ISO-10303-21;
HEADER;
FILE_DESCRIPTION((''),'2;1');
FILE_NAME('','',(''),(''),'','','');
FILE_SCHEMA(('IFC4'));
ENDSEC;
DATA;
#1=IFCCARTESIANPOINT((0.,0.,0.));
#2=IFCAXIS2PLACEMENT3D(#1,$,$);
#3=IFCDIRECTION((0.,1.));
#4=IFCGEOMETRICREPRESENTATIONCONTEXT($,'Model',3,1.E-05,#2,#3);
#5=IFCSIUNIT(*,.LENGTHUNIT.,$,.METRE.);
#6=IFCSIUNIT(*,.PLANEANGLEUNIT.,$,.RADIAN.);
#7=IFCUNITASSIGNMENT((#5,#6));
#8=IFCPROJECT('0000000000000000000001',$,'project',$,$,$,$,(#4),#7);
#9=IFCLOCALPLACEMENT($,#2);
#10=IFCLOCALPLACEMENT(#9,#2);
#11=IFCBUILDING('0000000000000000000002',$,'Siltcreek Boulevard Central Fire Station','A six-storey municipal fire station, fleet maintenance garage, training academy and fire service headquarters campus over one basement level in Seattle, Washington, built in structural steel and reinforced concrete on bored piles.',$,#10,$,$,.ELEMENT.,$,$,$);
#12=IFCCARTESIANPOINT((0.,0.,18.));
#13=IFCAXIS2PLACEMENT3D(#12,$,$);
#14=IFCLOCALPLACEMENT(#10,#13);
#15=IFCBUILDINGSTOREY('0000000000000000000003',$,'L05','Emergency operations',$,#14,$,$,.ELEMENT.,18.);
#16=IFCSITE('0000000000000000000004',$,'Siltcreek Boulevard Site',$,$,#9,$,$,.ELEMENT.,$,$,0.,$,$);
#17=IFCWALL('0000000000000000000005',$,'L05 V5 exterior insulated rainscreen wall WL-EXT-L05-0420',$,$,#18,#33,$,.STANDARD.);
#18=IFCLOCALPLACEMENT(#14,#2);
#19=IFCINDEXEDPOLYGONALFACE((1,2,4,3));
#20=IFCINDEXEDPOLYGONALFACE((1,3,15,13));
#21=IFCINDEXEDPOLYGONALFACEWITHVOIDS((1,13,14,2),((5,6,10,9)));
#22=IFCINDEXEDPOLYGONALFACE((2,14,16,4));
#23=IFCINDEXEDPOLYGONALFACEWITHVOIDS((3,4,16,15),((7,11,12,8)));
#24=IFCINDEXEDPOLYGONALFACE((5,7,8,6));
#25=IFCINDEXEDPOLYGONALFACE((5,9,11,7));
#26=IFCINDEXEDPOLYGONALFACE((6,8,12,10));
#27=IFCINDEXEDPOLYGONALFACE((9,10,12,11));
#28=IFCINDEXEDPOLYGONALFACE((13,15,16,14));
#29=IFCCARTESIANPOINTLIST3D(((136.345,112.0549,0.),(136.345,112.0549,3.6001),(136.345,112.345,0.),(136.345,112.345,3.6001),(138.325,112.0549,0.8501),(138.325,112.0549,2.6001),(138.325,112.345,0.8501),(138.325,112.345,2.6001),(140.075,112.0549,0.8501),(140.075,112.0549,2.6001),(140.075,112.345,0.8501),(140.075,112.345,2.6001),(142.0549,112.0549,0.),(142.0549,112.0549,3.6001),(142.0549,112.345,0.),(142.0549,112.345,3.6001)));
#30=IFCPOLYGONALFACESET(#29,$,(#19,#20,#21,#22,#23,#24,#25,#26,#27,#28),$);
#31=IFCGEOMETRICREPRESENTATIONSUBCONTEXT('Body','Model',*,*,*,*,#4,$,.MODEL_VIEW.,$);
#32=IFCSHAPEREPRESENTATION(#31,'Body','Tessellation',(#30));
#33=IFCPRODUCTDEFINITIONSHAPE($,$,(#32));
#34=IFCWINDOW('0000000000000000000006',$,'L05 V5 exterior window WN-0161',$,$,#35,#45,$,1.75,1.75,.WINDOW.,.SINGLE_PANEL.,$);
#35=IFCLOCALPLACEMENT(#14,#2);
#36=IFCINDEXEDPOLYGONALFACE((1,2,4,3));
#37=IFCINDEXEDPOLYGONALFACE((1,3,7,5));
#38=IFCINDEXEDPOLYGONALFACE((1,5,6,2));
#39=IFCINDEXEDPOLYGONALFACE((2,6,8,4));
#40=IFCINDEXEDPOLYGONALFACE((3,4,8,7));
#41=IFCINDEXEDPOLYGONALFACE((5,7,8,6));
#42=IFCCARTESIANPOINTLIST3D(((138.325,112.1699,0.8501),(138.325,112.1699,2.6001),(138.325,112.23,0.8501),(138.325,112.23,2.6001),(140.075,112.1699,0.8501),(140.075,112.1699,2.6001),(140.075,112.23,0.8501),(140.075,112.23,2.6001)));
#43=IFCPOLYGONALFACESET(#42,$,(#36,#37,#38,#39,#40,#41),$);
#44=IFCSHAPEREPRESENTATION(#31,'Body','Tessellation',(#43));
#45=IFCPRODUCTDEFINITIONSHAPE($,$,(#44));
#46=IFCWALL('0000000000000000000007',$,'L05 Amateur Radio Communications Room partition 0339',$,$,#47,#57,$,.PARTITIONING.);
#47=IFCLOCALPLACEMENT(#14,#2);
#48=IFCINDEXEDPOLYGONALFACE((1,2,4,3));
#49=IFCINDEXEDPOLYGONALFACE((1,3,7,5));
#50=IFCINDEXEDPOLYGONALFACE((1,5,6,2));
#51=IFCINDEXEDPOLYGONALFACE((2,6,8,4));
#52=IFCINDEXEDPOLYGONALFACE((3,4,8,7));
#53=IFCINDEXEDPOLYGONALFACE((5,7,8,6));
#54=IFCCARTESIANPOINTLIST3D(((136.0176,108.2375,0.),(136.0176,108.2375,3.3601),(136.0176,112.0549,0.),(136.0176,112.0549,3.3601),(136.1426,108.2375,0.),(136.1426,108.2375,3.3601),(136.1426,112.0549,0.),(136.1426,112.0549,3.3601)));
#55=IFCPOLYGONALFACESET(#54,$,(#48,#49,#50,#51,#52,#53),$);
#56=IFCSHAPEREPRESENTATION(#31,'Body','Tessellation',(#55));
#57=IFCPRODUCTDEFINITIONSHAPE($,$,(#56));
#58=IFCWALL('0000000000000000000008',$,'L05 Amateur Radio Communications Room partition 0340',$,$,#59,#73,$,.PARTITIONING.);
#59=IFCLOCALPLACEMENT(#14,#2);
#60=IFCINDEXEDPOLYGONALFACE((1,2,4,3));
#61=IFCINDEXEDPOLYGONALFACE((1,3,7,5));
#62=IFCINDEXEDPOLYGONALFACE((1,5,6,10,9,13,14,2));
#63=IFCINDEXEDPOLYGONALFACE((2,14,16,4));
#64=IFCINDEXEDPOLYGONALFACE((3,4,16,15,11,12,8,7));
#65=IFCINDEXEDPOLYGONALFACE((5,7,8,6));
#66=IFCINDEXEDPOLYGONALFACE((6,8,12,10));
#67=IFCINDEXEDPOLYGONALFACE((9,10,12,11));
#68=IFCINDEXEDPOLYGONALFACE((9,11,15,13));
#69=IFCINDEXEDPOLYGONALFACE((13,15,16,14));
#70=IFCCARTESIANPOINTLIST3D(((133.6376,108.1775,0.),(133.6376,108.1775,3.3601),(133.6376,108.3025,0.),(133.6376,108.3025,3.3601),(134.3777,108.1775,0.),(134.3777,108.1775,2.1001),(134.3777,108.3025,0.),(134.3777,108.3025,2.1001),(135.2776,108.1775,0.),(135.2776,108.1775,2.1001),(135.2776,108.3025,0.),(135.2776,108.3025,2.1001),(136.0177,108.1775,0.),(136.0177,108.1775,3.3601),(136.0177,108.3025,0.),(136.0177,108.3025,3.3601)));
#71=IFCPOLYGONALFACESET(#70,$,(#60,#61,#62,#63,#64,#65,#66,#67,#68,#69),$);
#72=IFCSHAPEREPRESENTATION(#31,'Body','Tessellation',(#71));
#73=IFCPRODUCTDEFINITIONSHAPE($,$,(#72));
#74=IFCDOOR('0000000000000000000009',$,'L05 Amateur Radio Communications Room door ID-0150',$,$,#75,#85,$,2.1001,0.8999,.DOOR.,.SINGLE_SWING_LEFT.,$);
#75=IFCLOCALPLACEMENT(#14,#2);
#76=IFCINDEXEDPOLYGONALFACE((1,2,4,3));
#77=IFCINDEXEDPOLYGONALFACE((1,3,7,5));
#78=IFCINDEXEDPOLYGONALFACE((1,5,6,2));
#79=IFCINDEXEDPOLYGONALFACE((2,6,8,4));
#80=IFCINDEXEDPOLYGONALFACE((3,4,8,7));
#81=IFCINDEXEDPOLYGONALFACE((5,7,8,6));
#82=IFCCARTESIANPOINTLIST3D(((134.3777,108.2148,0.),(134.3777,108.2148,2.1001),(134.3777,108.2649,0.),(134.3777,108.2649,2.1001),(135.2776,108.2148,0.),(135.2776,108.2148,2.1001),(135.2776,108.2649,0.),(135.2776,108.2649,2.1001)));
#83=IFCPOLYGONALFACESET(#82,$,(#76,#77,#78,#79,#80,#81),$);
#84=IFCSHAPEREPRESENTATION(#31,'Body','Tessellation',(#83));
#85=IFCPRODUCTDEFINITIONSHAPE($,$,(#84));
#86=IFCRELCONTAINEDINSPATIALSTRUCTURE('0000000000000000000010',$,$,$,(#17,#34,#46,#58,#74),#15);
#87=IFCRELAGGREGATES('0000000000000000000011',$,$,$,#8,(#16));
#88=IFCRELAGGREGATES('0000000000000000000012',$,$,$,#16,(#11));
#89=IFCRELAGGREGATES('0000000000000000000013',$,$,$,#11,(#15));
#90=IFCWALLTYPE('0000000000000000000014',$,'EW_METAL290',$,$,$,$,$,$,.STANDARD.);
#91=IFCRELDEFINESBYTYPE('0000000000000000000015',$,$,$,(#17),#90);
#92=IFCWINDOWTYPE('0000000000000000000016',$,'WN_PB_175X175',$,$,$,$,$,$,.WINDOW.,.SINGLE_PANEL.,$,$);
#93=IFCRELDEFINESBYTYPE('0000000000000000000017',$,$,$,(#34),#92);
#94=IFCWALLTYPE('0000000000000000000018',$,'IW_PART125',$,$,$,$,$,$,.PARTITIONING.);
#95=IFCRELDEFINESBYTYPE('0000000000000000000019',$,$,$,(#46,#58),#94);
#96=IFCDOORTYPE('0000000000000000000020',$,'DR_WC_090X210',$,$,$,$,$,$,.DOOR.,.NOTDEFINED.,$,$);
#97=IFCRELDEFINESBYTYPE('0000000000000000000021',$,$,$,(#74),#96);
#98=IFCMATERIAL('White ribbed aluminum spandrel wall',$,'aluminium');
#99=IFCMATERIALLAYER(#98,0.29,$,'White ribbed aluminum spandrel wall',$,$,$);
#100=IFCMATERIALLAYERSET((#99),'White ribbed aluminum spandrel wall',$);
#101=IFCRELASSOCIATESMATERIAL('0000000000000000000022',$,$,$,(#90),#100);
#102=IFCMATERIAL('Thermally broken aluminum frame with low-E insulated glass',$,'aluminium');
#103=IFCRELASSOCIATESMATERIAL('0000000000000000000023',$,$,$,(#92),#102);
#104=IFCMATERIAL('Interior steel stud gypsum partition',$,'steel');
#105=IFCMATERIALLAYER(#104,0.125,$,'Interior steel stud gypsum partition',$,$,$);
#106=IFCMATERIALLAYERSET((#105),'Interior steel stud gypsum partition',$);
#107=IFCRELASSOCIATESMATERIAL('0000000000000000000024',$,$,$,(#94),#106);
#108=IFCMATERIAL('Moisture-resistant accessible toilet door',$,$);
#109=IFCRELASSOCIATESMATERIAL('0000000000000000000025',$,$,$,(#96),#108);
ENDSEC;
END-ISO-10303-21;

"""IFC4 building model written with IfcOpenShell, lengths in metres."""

from ifc_helpers import new_model, si_unit, direction, frame, frame_2d, origin, place, context, subcontext, project, spatial, rectangle, extrude, material, layer, layer_set, type_object, element, fill, save


model = new_model("IFC4")

# Units and contexts
model_context = context("Model", 3, precision=1e-05, world=origin(), true_north=direction((0.0, 1.0)))
body_context = subcontext(model_context, "Body", "Model", "MODEL_VIEW")
ifc_project = project(units=[si_unit("LENGTHUNIT", "METRE"), si_unit("PLANEANGLEUNIT", "RADIAN")], contexts=[model_context])

# Site, building, storey
site_placement = place(None, origin())
site = spatial("IfcSite", under=ifc_project, at=site_placement, Name="Siltcreek Boulevard Site", CompositionType="ELEMENT", RefElevation=0.0)
building_placement = place(site_placement, origin())
building = spatial("IfcBuilding", under=site, at=building_placement, Name="Siltcreek Boulevard Central Fire Station", Description="A six-storey municipal fire station, fleet maintenance garage, training academy and fire service headquarters campus over one basement level in Seattle, Washington, built in structural steel and reinforced concrete on bored piles.", CompositionType="ELEMENT")
storey_placement = place(building_placement, frame((0.0, 0.0, 18.0)))
storey = spatial("IfcBuildingStorey", under=building, at=storey_placement, Name="L05", Description="Emergency operations", CompositionType="ELEMENT", Elevation=18.0)

# Shared definitions
ifc_material_1 = material(Name="White ribbed aluminum spandrel wall", Category="aluminium")
ifc_layer_1 = layer(ifc_material_1, 0.29, Name="White ribbed aluminum spandrel wall")
ifc_layer_set_1 = layer_set([ifc_layer_1], Name="White ribbed aluminum spandrel wall")
wall_type_1 = type_object("IfcWallType", Name="EW_METAL290", PredefinedType="STANDARD", material=ifc_layer_set_1)

# Wall, opening, window
wall_1_placement = place(storey_placement, frame((142.0549, 112.2, 0.0), z_axis=(0.0, 0.0, 1.0), x_axis=(-1.0, 0.0, 0.0)))
wall_1 = element("IfcWall", 1, at=wall_1_placement, inside=storey, type_object=wall_type_1, Name="L05 V5 exterior insulated rainscreen wall WL-EXT-L05-0420", PredefinedType="STANDARD", context=body_context, shape_type="SweptSolid", body=[
    extrude(rectangle(XDim=5.71, YDim=0.29, at=frame_2d((2.855, 0.0))), origin(), (0.0, 0.0, 1.0), 3.6001),
])
opening_1_placement = place(wall_1_placement, frame((1.98, 0.0, 0.8501)))
opening_1 = element("IfcOpeningElement", 2, at=opening_1_placement, cuts=wall_1, PredefinedType="OPENING", context=body_context, shape_type="SweptSolid", body=[
    extrude(rectangle(XDim=1.75, YDim=1.75, at=frame_2d((0.875, 0.875))), frame((0.0, 0.155, 0.0), z_axis=(0.0, -1.0, 0.0), x_axis=(1.0, 0.0, 0.0)), (0.0, 0.0, 1.0), 0.3101),
])
ifc_material_2 = material(Name="Thermally broken aluminum frame with low-E insulated glass", Category="aluminium")
window_type = type_object("IfcWindowType", Name="WN_PB_175X175", PartitioningType="SINGLE_PANEL", PredefinedType="WINDOW", material=ifc_material_2)
window_placement = place(opening_1_placement, origin())
window = element("IfcWindow", 3, at=window_placement, inside=storey, type_object=window_type, Name="L05 V5 exterior window WN-0161", OverallHeight=1.75, OverallWidth=1.75, PartitioningType="SINGLE_PANEL", PredefinedType="WINDOW", context=body_context, shape_type="SweptSolid", body=[
    extrude(rectangle(XDim=1.75, YDim=1.75, at=frame_2d((0.875, 0.875))), frame((0.0, 0.03, 0.0), z_axis=(0.0, -1.0, 0.0), x_axis=(1.0, 0.0, 0.0)), (0.0, 0.0, 1.0), 0.0601),
])
fill(opening_1, window)

# Wall
ifc_material_3 = material(Name="Interior steel stud gypsum partition", Category="steel")
ifc_layer_2 = layer(ifc_material_3, 0.125, Name="Interior steel stud gypsum partition")
ifc_layer_set_2 = layer_set([ifc_layer_2], Name="Interior steel stud gypsum partition")
wall_type_2 = type_object("IfcWallType", Name="IW_PART125", PredefinedType="PARTITIONING", material=ifc_layer_set_2)
wall_2_placement = place(storey_placement, frame((136.0801, 112.0549, 0.0), z_axis=(0.0, 0.0, 1.0), x_axis=(0.0, -1.0, 0.0)))
element("IfcWall", 4, at=wall_2_placement, inside=storey, type_object=wall_type_2, Name="L05 Amateur Radio Communications Room partition 0339", PredefinedType="PARTITIONING", context=body_context, shape_type="SweptSolid", body=[
    extrude(rectangle(XDim=3.8174, YDim=0.125, at=frame_2d((1.9087, 0.0))), origin(), (0.0, 0.0, 1.0), 3.3601),
])

# Wall, opening, door
wall_3_placement = place(storey_placement, frame((136.0176, 108.24, 0.0), z_axis=(0.0, 0.0, 1.0), x_axis=(-1.0, 0.0, 0.0)))
wall_3 = element("IfcWall", 5, at=wall_3_placement, inside=storey, type_object=wall_type_2, Name="L05 Amateur Radio Communications Room partition 0340", PredefinedType="PARTITIONING", context=body_context, shape_type="SweptSolid", body=[
    extrude(rectangle(XDim=2.3801, YDim=0.125, at=frame_2d((1.1899, 0.0))), origin(), (0.0, 0.0, 1.0), 3.3601),
])
opening_2_placement = place(wall_3_placement, frame((0.74, 0.0, 0.0)))
opening_2 = element("IfcOpeningElement", 6, at=opening_2_placement, cuts=wall_3, PredefinedType="OPENING", context=body_context, shape_type="SweptSolid", body=[
    extrude(rectangle(XDim=0.8999, YDim=2.1001, at=frame_2d((0.45, 1.05))), frame((0.0, 0.0725, 0.0), z_axis=(0.0, -1.0, 0.0), x_axis=(1.0, 0.0, 0.0)), (0.0, 0.0, 1.0), 0.145),
])
ifc_material_4 = material(Name="Moisture-resistant accessible toilet door")
door_type = type_object("IfcDoorType", Name="DR_WC_090X210", OperationType="NOTDEFINED", PredefinedType="DOOR", material=ifc_material_4)
door_placement = place(opening_2_placement, frame((0.8999, 0.0, 0.0), z_axis=(0.0, 0.0, 1.0), x_axis=(-1.0, 0.0, 0.0)))
door = element("IfcDoor", 7, at=door_placement, inside=storey, type_object=door_type, Name="L05 Amateur Radio Communications Room door ID-0150", OperationType="SINGLE_SWING_LEFT", OverallHeight=2.1001, OverallWidth=0.8999, PredefinedType="DOOR", context=body_context, shape_type="SweptSolid", body=[
    extrude(rectangle(XDim=0.8999, YDim=2.1001, at=frame_2d((0.45, 1.05))), frame((0.0, 0.0249, 0.0), z_axis=(0.0, -1.0, 0.0), x_axis=(1.0, 0.0, 0.0)), (0.0, 0.0, 1.0), 0.05),
])
fill(opening_2, door)

save(model, "model.ifc")
